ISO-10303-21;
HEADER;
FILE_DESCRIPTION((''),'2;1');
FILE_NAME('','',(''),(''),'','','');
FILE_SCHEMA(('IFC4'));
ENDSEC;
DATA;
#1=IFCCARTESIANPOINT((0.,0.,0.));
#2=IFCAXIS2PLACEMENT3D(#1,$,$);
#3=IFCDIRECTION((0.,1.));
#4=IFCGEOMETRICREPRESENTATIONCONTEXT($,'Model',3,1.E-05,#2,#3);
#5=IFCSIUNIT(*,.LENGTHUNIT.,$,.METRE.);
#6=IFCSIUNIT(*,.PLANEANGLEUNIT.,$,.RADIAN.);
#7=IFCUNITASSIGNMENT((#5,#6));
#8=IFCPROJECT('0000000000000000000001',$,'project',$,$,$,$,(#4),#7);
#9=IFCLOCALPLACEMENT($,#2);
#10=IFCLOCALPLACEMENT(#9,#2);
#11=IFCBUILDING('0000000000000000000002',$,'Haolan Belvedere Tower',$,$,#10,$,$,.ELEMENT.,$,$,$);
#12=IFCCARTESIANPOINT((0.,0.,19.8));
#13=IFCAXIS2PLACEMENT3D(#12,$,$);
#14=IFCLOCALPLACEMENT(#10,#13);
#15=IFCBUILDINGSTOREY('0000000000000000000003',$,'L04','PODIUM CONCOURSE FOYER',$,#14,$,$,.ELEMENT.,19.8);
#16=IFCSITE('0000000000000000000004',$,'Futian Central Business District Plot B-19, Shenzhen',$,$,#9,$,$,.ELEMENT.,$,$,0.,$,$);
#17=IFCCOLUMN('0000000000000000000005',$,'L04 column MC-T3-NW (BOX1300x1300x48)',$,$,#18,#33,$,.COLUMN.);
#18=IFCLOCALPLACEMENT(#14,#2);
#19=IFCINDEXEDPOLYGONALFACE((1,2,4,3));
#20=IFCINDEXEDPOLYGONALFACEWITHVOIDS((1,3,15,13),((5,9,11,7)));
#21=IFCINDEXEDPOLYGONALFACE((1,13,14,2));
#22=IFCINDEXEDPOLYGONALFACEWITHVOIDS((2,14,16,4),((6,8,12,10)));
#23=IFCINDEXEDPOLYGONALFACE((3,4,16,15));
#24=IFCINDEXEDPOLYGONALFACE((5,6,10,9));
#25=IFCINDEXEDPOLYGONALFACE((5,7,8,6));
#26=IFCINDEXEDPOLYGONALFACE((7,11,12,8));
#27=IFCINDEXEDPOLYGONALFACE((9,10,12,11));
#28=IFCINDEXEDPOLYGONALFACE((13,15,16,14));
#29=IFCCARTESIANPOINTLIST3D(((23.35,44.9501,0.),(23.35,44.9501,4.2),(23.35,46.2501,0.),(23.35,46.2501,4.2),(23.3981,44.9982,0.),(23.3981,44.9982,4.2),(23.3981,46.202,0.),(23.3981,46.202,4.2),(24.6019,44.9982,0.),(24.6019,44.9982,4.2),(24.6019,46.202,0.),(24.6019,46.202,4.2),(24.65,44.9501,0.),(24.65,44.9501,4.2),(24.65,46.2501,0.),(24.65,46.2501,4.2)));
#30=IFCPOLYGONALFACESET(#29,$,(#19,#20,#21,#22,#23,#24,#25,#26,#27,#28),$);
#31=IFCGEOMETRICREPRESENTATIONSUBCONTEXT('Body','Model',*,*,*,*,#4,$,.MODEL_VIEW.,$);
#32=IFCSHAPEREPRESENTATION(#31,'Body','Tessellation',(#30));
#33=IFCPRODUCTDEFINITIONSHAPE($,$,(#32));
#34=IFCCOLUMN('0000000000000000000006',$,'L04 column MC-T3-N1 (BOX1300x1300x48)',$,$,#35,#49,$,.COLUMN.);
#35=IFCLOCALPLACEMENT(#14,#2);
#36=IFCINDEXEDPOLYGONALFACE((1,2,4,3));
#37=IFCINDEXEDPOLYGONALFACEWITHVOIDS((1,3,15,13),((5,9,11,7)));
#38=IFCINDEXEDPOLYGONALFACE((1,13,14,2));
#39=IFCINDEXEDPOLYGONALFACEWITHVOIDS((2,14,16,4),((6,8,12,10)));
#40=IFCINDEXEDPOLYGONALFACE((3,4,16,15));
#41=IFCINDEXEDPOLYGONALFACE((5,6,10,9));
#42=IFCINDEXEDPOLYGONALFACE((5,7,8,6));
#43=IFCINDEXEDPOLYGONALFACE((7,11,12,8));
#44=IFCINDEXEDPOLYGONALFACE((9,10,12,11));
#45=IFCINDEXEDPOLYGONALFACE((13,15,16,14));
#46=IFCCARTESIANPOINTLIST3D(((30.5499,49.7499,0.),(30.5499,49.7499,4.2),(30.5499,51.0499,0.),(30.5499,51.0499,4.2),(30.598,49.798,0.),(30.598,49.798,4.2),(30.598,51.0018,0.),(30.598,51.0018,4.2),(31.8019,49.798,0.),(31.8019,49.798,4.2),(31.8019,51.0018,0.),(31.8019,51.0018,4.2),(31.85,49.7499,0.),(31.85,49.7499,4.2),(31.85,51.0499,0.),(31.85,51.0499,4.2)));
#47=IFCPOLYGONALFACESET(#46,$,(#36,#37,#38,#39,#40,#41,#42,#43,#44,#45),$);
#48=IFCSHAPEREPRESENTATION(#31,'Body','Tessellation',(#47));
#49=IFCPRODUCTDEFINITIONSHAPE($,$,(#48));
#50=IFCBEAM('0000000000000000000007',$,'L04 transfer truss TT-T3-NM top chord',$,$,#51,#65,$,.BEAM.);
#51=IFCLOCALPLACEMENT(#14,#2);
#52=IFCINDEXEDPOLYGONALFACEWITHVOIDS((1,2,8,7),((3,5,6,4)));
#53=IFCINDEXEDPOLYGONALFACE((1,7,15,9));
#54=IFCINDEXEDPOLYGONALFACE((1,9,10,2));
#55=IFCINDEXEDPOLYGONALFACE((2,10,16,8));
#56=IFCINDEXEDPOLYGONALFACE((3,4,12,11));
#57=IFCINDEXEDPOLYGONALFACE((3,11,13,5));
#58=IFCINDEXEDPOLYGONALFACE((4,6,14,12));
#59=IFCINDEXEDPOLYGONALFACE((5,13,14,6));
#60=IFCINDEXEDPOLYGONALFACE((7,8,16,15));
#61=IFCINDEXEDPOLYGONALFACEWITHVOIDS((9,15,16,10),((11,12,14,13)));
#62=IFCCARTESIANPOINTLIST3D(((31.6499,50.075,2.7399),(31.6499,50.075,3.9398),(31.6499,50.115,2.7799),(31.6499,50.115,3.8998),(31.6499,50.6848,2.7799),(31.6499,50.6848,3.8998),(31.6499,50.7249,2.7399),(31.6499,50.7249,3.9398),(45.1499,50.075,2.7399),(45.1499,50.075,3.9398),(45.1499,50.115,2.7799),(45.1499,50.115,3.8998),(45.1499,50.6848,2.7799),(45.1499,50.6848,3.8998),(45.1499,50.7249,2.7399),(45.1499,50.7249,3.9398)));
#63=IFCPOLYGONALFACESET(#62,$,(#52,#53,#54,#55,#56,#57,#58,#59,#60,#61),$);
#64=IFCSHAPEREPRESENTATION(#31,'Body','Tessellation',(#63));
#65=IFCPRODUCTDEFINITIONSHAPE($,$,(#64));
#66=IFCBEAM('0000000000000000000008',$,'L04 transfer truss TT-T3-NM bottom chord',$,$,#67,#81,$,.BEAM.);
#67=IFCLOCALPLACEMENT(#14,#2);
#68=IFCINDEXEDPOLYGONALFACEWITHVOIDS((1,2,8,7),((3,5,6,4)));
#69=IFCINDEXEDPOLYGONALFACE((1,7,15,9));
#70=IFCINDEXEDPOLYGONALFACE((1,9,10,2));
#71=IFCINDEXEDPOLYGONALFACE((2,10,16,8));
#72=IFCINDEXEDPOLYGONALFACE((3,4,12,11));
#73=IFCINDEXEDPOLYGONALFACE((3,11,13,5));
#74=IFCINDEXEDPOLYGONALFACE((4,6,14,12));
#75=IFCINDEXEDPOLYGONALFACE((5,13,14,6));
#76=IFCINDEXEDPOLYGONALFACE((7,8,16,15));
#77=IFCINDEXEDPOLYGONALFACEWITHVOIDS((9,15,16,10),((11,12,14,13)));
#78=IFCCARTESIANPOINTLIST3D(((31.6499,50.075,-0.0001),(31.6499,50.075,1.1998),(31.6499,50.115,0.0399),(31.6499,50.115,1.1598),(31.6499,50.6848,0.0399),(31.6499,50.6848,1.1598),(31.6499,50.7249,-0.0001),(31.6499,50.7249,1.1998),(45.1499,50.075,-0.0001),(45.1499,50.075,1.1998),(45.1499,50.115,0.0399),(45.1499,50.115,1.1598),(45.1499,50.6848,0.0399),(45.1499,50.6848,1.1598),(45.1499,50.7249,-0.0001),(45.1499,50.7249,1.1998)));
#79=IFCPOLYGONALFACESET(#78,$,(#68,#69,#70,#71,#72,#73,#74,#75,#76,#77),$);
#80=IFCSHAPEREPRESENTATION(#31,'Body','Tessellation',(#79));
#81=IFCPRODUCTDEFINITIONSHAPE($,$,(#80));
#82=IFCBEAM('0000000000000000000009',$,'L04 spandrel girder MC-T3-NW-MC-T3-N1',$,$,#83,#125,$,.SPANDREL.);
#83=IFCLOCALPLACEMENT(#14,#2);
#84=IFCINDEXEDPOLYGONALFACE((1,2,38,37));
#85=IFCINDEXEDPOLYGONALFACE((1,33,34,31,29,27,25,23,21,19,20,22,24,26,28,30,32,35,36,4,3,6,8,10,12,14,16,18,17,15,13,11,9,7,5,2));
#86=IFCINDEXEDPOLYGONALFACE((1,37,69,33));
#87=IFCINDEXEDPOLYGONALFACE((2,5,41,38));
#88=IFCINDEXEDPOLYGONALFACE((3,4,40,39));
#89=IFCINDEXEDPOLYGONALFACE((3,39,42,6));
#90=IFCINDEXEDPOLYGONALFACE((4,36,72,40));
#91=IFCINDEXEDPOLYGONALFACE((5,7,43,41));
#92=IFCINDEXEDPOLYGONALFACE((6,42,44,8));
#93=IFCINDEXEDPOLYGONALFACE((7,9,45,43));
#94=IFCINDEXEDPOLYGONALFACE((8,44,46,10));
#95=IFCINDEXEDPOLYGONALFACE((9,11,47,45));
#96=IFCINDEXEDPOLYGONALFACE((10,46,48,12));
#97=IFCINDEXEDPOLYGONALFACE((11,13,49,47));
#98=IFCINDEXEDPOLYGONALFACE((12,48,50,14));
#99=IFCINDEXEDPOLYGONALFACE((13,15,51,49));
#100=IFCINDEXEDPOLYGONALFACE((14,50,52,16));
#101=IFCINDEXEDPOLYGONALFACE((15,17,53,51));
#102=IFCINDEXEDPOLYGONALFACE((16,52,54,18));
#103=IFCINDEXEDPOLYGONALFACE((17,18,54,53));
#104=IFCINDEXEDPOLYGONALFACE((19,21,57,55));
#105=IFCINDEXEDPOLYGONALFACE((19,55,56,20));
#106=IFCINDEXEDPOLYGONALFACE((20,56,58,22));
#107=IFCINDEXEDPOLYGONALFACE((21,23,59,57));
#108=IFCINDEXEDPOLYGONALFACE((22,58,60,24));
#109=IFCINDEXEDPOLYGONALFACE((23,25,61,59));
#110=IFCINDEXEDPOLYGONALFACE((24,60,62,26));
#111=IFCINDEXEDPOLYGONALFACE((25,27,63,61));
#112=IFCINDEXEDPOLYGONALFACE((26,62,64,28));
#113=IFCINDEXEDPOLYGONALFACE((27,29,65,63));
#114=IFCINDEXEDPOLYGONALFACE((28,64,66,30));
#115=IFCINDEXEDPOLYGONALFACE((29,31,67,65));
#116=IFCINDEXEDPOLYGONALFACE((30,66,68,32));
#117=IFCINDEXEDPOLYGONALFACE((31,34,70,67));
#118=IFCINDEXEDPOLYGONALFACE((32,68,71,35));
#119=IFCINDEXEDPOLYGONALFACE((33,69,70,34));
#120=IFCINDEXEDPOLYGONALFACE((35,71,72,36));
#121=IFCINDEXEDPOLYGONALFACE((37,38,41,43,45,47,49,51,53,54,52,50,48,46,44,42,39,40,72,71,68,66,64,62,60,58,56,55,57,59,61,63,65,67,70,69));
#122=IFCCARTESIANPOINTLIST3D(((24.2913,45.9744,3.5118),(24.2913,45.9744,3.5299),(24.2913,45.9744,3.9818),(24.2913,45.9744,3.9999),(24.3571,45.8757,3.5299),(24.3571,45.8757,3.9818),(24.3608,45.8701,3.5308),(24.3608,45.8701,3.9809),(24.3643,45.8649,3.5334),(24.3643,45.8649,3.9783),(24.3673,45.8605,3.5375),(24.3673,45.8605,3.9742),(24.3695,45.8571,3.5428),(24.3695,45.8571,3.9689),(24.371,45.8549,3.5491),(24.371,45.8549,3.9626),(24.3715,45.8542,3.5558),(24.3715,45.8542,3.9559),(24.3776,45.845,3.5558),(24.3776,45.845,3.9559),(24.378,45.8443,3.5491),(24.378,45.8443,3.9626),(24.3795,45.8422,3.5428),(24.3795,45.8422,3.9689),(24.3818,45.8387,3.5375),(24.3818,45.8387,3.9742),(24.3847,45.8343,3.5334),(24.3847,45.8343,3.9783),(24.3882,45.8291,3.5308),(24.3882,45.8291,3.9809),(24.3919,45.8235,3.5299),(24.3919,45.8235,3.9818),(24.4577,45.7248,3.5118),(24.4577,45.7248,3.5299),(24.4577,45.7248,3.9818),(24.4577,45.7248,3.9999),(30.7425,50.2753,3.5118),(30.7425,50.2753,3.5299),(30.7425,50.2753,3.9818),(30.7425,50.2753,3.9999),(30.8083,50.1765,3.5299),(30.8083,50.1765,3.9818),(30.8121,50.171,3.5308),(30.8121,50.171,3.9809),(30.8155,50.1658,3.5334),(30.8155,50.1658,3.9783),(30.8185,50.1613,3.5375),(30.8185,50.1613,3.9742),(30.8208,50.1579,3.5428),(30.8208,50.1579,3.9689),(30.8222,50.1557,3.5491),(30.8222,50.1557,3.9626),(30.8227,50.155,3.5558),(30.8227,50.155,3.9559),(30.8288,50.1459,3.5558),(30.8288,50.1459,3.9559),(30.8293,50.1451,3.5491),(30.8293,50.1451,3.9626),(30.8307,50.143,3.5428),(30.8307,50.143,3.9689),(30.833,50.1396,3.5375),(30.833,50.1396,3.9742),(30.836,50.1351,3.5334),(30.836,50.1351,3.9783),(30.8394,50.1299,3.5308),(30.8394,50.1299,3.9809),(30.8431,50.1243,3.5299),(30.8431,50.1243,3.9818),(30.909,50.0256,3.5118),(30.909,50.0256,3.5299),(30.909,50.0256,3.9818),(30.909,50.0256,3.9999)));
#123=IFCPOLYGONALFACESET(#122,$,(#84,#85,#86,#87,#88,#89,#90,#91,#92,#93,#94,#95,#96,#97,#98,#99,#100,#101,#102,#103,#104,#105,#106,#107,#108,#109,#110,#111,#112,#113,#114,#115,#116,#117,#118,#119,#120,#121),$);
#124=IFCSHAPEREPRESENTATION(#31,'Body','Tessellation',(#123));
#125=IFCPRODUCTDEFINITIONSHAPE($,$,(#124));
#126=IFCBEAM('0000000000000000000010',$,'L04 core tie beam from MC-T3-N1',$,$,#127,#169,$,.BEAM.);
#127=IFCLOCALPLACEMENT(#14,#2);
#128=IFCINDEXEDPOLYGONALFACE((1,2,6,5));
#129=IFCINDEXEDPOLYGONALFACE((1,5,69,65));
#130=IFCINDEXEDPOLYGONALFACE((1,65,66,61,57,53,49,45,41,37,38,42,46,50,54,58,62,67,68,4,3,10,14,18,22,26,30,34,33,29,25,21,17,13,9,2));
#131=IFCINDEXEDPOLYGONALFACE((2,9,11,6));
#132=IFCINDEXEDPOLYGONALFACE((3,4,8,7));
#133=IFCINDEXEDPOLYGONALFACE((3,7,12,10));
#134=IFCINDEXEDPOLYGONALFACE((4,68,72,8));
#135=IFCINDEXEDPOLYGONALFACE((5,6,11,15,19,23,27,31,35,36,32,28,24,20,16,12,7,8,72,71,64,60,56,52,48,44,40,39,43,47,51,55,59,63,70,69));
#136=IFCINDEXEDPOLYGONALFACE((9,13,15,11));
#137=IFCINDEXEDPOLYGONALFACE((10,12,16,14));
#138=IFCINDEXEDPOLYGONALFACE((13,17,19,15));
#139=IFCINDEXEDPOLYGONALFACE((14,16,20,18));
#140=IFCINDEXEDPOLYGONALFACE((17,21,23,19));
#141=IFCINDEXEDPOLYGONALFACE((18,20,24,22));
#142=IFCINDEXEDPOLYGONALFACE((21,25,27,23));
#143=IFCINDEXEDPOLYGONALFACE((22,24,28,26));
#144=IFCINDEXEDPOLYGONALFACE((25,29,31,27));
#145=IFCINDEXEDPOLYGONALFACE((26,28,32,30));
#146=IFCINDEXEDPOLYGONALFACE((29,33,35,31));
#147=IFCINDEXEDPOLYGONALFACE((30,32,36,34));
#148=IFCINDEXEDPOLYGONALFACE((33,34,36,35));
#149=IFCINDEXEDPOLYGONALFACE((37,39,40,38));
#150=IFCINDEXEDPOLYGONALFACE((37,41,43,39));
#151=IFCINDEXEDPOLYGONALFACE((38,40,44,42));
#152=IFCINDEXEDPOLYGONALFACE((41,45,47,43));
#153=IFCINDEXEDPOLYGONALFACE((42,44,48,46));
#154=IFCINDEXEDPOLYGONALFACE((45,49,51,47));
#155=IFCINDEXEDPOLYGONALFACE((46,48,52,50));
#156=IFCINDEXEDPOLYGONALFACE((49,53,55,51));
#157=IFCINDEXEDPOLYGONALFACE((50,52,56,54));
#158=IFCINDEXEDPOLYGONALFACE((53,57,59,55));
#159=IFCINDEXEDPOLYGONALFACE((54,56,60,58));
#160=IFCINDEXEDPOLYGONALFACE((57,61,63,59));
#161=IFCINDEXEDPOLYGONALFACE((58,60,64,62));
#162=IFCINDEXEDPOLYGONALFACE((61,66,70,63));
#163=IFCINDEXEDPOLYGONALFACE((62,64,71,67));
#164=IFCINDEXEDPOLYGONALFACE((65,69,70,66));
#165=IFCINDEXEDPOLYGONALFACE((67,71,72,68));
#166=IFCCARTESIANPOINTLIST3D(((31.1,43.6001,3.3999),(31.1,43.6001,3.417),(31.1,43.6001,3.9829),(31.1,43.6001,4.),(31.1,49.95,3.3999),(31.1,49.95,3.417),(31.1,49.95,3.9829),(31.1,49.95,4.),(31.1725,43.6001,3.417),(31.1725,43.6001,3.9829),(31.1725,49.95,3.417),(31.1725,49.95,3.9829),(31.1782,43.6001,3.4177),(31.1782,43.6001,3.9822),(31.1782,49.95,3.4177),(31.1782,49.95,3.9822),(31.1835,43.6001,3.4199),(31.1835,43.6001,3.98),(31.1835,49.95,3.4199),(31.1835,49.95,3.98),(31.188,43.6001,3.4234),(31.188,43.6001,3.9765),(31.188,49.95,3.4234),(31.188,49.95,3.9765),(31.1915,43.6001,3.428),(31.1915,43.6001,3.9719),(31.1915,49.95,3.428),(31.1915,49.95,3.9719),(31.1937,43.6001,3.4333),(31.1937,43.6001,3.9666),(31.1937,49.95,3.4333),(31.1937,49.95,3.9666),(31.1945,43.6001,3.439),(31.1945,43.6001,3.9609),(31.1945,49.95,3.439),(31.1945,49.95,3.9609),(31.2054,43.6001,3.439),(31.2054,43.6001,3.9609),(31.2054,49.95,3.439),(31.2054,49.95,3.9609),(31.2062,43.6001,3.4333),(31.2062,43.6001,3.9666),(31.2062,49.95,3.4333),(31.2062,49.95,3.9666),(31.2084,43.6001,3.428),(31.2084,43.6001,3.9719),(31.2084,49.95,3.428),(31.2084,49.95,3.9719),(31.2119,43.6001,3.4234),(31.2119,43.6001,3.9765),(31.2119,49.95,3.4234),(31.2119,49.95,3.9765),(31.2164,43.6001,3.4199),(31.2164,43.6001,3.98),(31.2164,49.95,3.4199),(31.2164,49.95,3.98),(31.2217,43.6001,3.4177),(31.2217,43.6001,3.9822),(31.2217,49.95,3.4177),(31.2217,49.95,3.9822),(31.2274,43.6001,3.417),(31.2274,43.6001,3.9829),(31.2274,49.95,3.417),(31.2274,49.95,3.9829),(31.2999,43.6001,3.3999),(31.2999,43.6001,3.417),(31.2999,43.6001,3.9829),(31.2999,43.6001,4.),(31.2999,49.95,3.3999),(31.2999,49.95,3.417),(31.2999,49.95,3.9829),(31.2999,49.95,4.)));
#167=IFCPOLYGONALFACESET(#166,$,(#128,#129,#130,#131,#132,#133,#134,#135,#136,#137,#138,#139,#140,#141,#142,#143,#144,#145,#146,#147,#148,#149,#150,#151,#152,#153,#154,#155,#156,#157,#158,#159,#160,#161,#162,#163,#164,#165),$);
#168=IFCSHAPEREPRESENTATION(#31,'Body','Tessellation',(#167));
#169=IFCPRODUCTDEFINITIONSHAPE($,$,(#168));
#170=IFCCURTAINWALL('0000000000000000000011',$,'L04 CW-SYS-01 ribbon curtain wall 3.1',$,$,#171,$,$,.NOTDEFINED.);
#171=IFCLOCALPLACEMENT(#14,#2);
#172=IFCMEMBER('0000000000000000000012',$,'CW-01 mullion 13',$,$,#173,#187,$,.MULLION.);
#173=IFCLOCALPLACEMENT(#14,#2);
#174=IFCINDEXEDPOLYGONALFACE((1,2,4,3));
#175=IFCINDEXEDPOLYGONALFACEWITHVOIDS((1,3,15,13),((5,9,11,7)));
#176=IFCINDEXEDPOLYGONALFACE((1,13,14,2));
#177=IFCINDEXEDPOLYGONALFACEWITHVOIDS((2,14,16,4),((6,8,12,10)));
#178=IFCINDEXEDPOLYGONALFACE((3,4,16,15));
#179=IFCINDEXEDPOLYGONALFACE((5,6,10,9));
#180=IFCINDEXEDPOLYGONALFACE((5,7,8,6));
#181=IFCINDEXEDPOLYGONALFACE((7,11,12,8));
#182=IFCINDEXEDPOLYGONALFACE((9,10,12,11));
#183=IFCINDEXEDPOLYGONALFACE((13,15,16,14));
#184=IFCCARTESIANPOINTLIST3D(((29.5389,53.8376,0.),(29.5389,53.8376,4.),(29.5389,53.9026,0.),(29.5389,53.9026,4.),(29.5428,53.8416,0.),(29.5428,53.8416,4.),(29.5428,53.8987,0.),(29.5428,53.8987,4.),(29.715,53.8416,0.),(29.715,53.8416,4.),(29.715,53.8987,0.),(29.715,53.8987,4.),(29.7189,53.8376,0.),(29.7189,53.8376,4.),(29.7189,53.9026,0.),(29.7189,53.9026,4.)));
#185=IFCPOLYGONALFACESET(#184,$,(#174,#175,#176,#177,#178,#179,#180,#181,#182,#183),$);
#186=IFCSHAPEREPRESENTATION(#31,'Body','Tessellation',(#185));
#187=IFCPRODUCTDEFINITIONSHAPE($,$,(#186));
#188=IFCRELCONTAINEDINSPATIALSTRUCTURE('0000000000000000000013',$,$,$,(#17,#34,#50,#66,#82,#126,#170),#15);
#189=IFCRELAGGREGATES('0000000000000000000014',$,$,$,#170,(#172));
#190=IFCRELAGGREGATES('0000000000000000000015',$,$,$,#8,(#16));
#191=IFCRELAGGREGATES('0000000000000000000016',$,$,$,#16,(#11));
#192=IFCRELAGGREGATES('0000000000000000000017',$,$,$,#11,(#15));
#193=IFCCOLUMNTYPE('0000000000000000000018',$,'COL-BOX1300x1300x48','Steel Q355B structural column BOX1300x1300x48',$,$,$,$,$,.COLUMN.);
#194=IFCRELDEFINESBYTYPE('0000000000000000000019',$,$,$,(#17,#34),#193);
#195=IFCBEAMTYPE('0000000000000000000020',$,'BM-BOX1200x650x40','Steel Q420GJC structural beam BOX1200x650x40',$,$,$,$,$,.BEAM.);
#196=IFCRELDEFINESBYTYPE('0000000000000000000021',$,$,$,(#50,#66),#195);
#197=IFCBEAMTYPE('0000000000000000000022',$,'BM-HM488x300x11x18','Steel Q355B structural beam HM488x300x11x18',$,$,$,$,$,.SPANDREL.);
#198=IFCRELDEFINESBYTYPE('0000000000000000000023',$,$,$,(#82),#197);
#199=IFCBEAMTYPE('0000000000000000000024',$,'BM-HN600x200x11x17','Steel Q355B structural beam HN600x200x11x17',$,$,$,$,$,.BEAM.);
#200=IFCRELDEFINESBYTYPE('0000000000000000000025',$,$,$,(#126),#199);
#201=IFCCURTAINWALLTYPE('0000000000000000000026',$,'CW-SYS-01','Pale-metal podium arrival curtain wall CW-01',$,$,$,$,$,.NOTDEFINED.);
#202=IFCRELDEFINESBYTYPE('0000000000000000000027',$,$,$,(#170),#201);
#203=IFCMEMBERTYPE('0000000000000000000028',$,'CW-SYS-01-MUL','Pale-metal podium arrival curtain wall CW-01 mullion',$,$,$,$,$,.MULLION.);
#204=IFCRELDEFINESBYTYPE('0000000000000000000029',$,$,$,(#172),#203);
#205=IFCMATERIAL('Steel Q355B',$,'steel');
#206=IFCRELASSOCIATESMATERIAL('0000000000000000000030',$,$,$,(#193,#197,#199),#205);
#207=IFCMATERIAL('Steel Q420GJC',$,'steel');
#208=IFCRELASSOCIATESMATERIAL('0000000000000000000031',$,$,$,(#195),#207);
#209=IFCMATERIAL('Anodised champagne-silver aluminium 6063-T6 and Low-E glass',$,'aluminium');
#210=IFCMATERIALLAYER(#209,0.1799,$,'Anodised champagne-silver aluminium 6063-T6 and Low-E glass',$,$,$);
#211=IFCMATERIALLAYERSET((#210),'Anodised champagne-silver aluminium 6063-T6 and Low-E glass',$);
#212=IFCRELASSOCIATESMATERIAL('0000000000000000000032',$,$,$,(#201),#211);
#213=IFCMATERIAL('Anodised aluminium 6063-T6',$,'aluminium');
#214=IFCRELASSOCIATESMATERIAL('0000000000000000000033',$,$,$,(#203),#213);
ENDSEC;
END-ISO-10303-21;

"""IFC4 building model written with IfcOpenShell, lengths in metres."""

from ifc_helpers import new_model, si_unit, direction, frame, origin, origin_2d, place, context, subcontext, project, spatial, hollow_rectangle, i_section, extrude, material, layer, layer_set, material_profile, profile_set, type_object, element, aggregate, save


model = new_model("IFC4")

# Units and contexts
model_context = context("Model", 3, precision=1e-05, world=origin(), true_north=direction((0.0, 1.0)))
body_context = subcontext(model_context, "Body", "Model", "MODEL_VIEW")
ifc_project = project(units=[si_unit("LENGTHUNIT", "METRE"), si_unit("PLANEANGLEUNIT", "RADIAN")], contexts=[model_context])

# Site, building, storey
site_placement = place(None, origin())
site = spatial("IfcSite", under=ifc_project, at=site_placement, Name="Futian Central Business District Plot B-19, Shenzhen", CompositionType="ELEMENT", RefElevation=0.0)
building_placement = place(site_placement, origin())
building = spatial("IfcBuilding", under=site, at=building_placement, Name="Haolan Belvedere Tower", CompositionType="ELEMENT")
storey_placement = place(building_placement, frame((0.0, 0.0, 19.8)))
storey = spatial("IfcBuildingStorey", under=building, at=storey_placement, Name="L04", Description="PODIUM CONCOURSE FOYER", CompositionType="ELEMENT", Elevation=19.8)

# Columns
ifc_material_1 = material(Name="Steel Q355B", Category="steel")
ifc_material_profile_1 = material_profile(ifc_material_1, hollow_rectangle(XDim=1.3, YDim=1.3, WallThickness=0.0481, at=origin_2d()), Name="Steel Q355B")
ifc_profile_set_1 = profile_set([ifc_material_profile_1], Name="Steel Q355B")
column_type = type_object("IfcColumnType", Name="COL-BOX1300x1300x48", Description="Steel Q355B structural column BOX1300x1300x48", PredefinedType="COLUMN", material=ifc_profile_set_1)
for number, where, z_axis, x_axis, name in (
    (1, (24.0, 45.6001, 0.0), (0.0, 0.0, 1.0), (1.0, 0.0, 0.0), "L04 column MC-T3-NW (BOX1300x1300x48)"),
    (2, (31.2, 50.3999, 0.0), (0.0, 0.0, 1.0), (1.0, 0.0, 0.0), "L04 column MC-T3-N1 (BOX1300x1300x48)"),
):
    element("IfcColumn", number, at=place(storey_placement, frame(where, z_axis=z_axis, x_axis=x_axis)), inside=storey, type_object=column_type, Name=name, PredefinedType="COLUMN", context=body_context, shape_type="SweptSolid", body=[
        extrude(hollow_rectangle(XDim=1.3, YDim=1.3, WallThickness=0.0481, at=origin_2d()), origin(), (0.0, 0.0, 1.0), 4.2),
    ])

# Beams
ifc_material_2 = material(Name="Steel Q420GJC", Category="steel")
ifc_material_profile_2 = material_profile(ifc_material_2, hollow_rectangle(XDim=0.6499, YDim=1.2, WallThickness=0.04, at=origin_2d()), Name="Steel Q420GJC")
ifc_profile_set_2 = profile_set([ifc_material_profile_2], Name="Steel Q420GJC")
beam_type_1 = type_object("IfcBeamType", Name="BM-BOX1200x650x40", Description="Steel Q420GJC structural beam BOX1200x650x40", PredefinedType="BEAM", material=ifc_profile_set_2)
for number, where, z_axis, x_axis, name in (
    (3, (31.6499, 50.3999, 3.3398), (1.0, 0.0, 0.0), (0.0, 1.0, 0.0), "L04 transfer truss TT-T3-NM top chord"),
    (4, (31.6499, 50.3999, 0.5999), (1.0, 0.0, 0.0), (0.0, 1.0, 0.0), "L04 transfer truss TT-T3-NM bottom chord"),
):
    element("IfcBeam", number, at=place(storey_placement, frame(where, z_axis=z_axis, x_axis=x_axis)), inside=storey, type_object=beam_type_1, Name=name, PredefinedType="BEAM", context=body_context, shape_type="SweptSolid", body=[
        extrude(hollow_rectangle(XDim=0.6499, YDim=1.2, WallThickness=0.04, at=origin_2d()), origin(), (0.0, 0.0, 1.0), 13.5),
    ])
ifc_material_profile_3 = material_profile(ifc_material_1, i_section(OverallWidth=0.3, OverallDepth=0.488, WebThickness=0.011, FlangeThickness=0.0181, FilletRadius=0.0259, at=origin_2d()), Name="Steel Q355B")
ifc_profile_set_3 = profile_set([ifc_material_profile_3], Name="Steel Q355B")
beam_type_2 = type_object("IfcBeamType", Name="BM-HM488x300x11x18", Description="Steel Q355B structural beam HM488x300x11x18", PredefinedType="SPANDREL", material=ifc_profile_set_3)
beam_1_placement = place(storey_placement, frame((24.3745, 45.8496, 3.7559), z_axis=(0.83205, 0.5547, 0.0), x_axis=(-0.5547, 0.83205, 0.0)))
element("IfcBeam", 5, at=beam_1_placement, inside=storey, type_object=beam_type_2, Name="L04 spandrel girder MC-T3-NW-MC-T3-N1", PredefinedType="SPANDREL", context=body_context, shape_type="SweptSolid", body=[
    extrude(i_section(OverallWidth=0.3, OverallDepth=0.488, WebThickness=0.011, FlangeThickness=0.0181, FilletRadius=0.0259, at=origin_2d()), origin(), (0.0, 0.0, 1.0), 7.7534),
])
ifc_material_profile_4 = material_profile(ifc_material_1, i_section(OverallWidth=0.2, OverallDepth=0.6001, WebThickness=0.011, FlangeThickness=0.0171, FilletRadius=0.022, at=origin_2d()), Name="Steel Q355B")
ifc_profile_set_4 = profile_set([ifc_material_profile_4], Name="Steel Q355B")
beam_type_3 = type_object("IfcBeamType", Name="BM-HN600x200x11x17", Description="Steel Q355B structural beam HN600x200x11x17", PredefinedType="BEAM", material=ifc_profile_set_4)
beam_2_placement = place(storey_placement, frame((31.2, 49.95, 3.7), z_axis=(0.0, -1.0, 0.0), x_axis=(1.0, 0.0, 0.0)))
element("IfcBeam", 6, at=beam_2_placement, inside=storey, type_object=beam_type_3, Name="L04 core tie beam from MC-T3-N1", PredefinedType="BEAM", context=body_context, shape_type="SweptSolid", body=[
    extrude(i_section(OverallWidth=0.2, OverallDepth=0.6001, WebThickness=0.011, FlangeThickness=0.0171, FilletRadius=0.022, at=origin_2d()), origin(), (0.0, 0.0, 1.0), 6.3499),
])

# Curtain wall, member
ifc_material_3 = material(Name="Anodised champagne-silver aluminium 6063-T6 and Low-E glass", Category="aluminium")
ifc_layer_1 = layer(ifc_material_3, 0.1799, Name="Anodised champagne-silver aluminium 6063-T6 and Low-E glass")
ifc_layer_set_1 = layer_set([ifc_layer_1], Name="Anodised champagne-silver aluminium 6063-T6 and Low-E glass")
curtain_wall_type = type_object("IfcCurtainWallType", Name="CW-SYS-01", Description="Pale-metal podium arrival curtain wall CW-01", PredefinedType="NOTDEFINED", material=ifc_layer_set_1)
curtain_wall_placement = place(storey_placement, origin())
curtain_wall = element("IfcCurtainWall", 7, at=curtain_wall_placement, inside=storey, type_object=curtain_wall_type, Name="L04 CW-SYS-01 ribbon curtain wall 3.1", PredefinedType="NOTDEFINED")
ifc_material_4 = material(Name="Anodised aluminium 6063-T6", Category="aluminium")
ifc_material_profile_5 = material_profile(ifc_material_4, hollow_rectangle(XDim=0.0649, YDim=0.1799, WallThickness=0.0039, at=origin_2d()), Name="Anodised aluminium 6063-T6")
ifc_profile_set_5 = profile_set([ifc_material_profile_5], Name="Anodised aluminium 6063-T6")
member_type_1 = type_object("IfcMemberType", Name="CW-SYS-01-MUL", Description="Pale-metal podium arrival curtain wall CW-01 mullion", PredefinedType="MULLION", material=ifc_profile_set_5)
member_1_placement = place(storey_placement, frame((29.6289, 53.8701, 0.0), z_axis=(0.0, 0.0, 1.0), x_axis=(0.0, -1.0, 0.0)))
member_1 = element("IfcMember", 8, at=member_1_placement, type_object=member_type_1, Name="CW-01 mullion 13", PredefinedType="MULLION", context=body_context, shape_type="SweptSolid", body=[
    extrude(hollow_rectangle(XDim=0.0649, YDim=0.1799, WallThickness=0.0039, at=origin_2d()), origin(), (0.0, 0.0, 1.0), 4.0),
])

aggregate(curtain_wall, [member_1])

save(model, "model.ifc")
